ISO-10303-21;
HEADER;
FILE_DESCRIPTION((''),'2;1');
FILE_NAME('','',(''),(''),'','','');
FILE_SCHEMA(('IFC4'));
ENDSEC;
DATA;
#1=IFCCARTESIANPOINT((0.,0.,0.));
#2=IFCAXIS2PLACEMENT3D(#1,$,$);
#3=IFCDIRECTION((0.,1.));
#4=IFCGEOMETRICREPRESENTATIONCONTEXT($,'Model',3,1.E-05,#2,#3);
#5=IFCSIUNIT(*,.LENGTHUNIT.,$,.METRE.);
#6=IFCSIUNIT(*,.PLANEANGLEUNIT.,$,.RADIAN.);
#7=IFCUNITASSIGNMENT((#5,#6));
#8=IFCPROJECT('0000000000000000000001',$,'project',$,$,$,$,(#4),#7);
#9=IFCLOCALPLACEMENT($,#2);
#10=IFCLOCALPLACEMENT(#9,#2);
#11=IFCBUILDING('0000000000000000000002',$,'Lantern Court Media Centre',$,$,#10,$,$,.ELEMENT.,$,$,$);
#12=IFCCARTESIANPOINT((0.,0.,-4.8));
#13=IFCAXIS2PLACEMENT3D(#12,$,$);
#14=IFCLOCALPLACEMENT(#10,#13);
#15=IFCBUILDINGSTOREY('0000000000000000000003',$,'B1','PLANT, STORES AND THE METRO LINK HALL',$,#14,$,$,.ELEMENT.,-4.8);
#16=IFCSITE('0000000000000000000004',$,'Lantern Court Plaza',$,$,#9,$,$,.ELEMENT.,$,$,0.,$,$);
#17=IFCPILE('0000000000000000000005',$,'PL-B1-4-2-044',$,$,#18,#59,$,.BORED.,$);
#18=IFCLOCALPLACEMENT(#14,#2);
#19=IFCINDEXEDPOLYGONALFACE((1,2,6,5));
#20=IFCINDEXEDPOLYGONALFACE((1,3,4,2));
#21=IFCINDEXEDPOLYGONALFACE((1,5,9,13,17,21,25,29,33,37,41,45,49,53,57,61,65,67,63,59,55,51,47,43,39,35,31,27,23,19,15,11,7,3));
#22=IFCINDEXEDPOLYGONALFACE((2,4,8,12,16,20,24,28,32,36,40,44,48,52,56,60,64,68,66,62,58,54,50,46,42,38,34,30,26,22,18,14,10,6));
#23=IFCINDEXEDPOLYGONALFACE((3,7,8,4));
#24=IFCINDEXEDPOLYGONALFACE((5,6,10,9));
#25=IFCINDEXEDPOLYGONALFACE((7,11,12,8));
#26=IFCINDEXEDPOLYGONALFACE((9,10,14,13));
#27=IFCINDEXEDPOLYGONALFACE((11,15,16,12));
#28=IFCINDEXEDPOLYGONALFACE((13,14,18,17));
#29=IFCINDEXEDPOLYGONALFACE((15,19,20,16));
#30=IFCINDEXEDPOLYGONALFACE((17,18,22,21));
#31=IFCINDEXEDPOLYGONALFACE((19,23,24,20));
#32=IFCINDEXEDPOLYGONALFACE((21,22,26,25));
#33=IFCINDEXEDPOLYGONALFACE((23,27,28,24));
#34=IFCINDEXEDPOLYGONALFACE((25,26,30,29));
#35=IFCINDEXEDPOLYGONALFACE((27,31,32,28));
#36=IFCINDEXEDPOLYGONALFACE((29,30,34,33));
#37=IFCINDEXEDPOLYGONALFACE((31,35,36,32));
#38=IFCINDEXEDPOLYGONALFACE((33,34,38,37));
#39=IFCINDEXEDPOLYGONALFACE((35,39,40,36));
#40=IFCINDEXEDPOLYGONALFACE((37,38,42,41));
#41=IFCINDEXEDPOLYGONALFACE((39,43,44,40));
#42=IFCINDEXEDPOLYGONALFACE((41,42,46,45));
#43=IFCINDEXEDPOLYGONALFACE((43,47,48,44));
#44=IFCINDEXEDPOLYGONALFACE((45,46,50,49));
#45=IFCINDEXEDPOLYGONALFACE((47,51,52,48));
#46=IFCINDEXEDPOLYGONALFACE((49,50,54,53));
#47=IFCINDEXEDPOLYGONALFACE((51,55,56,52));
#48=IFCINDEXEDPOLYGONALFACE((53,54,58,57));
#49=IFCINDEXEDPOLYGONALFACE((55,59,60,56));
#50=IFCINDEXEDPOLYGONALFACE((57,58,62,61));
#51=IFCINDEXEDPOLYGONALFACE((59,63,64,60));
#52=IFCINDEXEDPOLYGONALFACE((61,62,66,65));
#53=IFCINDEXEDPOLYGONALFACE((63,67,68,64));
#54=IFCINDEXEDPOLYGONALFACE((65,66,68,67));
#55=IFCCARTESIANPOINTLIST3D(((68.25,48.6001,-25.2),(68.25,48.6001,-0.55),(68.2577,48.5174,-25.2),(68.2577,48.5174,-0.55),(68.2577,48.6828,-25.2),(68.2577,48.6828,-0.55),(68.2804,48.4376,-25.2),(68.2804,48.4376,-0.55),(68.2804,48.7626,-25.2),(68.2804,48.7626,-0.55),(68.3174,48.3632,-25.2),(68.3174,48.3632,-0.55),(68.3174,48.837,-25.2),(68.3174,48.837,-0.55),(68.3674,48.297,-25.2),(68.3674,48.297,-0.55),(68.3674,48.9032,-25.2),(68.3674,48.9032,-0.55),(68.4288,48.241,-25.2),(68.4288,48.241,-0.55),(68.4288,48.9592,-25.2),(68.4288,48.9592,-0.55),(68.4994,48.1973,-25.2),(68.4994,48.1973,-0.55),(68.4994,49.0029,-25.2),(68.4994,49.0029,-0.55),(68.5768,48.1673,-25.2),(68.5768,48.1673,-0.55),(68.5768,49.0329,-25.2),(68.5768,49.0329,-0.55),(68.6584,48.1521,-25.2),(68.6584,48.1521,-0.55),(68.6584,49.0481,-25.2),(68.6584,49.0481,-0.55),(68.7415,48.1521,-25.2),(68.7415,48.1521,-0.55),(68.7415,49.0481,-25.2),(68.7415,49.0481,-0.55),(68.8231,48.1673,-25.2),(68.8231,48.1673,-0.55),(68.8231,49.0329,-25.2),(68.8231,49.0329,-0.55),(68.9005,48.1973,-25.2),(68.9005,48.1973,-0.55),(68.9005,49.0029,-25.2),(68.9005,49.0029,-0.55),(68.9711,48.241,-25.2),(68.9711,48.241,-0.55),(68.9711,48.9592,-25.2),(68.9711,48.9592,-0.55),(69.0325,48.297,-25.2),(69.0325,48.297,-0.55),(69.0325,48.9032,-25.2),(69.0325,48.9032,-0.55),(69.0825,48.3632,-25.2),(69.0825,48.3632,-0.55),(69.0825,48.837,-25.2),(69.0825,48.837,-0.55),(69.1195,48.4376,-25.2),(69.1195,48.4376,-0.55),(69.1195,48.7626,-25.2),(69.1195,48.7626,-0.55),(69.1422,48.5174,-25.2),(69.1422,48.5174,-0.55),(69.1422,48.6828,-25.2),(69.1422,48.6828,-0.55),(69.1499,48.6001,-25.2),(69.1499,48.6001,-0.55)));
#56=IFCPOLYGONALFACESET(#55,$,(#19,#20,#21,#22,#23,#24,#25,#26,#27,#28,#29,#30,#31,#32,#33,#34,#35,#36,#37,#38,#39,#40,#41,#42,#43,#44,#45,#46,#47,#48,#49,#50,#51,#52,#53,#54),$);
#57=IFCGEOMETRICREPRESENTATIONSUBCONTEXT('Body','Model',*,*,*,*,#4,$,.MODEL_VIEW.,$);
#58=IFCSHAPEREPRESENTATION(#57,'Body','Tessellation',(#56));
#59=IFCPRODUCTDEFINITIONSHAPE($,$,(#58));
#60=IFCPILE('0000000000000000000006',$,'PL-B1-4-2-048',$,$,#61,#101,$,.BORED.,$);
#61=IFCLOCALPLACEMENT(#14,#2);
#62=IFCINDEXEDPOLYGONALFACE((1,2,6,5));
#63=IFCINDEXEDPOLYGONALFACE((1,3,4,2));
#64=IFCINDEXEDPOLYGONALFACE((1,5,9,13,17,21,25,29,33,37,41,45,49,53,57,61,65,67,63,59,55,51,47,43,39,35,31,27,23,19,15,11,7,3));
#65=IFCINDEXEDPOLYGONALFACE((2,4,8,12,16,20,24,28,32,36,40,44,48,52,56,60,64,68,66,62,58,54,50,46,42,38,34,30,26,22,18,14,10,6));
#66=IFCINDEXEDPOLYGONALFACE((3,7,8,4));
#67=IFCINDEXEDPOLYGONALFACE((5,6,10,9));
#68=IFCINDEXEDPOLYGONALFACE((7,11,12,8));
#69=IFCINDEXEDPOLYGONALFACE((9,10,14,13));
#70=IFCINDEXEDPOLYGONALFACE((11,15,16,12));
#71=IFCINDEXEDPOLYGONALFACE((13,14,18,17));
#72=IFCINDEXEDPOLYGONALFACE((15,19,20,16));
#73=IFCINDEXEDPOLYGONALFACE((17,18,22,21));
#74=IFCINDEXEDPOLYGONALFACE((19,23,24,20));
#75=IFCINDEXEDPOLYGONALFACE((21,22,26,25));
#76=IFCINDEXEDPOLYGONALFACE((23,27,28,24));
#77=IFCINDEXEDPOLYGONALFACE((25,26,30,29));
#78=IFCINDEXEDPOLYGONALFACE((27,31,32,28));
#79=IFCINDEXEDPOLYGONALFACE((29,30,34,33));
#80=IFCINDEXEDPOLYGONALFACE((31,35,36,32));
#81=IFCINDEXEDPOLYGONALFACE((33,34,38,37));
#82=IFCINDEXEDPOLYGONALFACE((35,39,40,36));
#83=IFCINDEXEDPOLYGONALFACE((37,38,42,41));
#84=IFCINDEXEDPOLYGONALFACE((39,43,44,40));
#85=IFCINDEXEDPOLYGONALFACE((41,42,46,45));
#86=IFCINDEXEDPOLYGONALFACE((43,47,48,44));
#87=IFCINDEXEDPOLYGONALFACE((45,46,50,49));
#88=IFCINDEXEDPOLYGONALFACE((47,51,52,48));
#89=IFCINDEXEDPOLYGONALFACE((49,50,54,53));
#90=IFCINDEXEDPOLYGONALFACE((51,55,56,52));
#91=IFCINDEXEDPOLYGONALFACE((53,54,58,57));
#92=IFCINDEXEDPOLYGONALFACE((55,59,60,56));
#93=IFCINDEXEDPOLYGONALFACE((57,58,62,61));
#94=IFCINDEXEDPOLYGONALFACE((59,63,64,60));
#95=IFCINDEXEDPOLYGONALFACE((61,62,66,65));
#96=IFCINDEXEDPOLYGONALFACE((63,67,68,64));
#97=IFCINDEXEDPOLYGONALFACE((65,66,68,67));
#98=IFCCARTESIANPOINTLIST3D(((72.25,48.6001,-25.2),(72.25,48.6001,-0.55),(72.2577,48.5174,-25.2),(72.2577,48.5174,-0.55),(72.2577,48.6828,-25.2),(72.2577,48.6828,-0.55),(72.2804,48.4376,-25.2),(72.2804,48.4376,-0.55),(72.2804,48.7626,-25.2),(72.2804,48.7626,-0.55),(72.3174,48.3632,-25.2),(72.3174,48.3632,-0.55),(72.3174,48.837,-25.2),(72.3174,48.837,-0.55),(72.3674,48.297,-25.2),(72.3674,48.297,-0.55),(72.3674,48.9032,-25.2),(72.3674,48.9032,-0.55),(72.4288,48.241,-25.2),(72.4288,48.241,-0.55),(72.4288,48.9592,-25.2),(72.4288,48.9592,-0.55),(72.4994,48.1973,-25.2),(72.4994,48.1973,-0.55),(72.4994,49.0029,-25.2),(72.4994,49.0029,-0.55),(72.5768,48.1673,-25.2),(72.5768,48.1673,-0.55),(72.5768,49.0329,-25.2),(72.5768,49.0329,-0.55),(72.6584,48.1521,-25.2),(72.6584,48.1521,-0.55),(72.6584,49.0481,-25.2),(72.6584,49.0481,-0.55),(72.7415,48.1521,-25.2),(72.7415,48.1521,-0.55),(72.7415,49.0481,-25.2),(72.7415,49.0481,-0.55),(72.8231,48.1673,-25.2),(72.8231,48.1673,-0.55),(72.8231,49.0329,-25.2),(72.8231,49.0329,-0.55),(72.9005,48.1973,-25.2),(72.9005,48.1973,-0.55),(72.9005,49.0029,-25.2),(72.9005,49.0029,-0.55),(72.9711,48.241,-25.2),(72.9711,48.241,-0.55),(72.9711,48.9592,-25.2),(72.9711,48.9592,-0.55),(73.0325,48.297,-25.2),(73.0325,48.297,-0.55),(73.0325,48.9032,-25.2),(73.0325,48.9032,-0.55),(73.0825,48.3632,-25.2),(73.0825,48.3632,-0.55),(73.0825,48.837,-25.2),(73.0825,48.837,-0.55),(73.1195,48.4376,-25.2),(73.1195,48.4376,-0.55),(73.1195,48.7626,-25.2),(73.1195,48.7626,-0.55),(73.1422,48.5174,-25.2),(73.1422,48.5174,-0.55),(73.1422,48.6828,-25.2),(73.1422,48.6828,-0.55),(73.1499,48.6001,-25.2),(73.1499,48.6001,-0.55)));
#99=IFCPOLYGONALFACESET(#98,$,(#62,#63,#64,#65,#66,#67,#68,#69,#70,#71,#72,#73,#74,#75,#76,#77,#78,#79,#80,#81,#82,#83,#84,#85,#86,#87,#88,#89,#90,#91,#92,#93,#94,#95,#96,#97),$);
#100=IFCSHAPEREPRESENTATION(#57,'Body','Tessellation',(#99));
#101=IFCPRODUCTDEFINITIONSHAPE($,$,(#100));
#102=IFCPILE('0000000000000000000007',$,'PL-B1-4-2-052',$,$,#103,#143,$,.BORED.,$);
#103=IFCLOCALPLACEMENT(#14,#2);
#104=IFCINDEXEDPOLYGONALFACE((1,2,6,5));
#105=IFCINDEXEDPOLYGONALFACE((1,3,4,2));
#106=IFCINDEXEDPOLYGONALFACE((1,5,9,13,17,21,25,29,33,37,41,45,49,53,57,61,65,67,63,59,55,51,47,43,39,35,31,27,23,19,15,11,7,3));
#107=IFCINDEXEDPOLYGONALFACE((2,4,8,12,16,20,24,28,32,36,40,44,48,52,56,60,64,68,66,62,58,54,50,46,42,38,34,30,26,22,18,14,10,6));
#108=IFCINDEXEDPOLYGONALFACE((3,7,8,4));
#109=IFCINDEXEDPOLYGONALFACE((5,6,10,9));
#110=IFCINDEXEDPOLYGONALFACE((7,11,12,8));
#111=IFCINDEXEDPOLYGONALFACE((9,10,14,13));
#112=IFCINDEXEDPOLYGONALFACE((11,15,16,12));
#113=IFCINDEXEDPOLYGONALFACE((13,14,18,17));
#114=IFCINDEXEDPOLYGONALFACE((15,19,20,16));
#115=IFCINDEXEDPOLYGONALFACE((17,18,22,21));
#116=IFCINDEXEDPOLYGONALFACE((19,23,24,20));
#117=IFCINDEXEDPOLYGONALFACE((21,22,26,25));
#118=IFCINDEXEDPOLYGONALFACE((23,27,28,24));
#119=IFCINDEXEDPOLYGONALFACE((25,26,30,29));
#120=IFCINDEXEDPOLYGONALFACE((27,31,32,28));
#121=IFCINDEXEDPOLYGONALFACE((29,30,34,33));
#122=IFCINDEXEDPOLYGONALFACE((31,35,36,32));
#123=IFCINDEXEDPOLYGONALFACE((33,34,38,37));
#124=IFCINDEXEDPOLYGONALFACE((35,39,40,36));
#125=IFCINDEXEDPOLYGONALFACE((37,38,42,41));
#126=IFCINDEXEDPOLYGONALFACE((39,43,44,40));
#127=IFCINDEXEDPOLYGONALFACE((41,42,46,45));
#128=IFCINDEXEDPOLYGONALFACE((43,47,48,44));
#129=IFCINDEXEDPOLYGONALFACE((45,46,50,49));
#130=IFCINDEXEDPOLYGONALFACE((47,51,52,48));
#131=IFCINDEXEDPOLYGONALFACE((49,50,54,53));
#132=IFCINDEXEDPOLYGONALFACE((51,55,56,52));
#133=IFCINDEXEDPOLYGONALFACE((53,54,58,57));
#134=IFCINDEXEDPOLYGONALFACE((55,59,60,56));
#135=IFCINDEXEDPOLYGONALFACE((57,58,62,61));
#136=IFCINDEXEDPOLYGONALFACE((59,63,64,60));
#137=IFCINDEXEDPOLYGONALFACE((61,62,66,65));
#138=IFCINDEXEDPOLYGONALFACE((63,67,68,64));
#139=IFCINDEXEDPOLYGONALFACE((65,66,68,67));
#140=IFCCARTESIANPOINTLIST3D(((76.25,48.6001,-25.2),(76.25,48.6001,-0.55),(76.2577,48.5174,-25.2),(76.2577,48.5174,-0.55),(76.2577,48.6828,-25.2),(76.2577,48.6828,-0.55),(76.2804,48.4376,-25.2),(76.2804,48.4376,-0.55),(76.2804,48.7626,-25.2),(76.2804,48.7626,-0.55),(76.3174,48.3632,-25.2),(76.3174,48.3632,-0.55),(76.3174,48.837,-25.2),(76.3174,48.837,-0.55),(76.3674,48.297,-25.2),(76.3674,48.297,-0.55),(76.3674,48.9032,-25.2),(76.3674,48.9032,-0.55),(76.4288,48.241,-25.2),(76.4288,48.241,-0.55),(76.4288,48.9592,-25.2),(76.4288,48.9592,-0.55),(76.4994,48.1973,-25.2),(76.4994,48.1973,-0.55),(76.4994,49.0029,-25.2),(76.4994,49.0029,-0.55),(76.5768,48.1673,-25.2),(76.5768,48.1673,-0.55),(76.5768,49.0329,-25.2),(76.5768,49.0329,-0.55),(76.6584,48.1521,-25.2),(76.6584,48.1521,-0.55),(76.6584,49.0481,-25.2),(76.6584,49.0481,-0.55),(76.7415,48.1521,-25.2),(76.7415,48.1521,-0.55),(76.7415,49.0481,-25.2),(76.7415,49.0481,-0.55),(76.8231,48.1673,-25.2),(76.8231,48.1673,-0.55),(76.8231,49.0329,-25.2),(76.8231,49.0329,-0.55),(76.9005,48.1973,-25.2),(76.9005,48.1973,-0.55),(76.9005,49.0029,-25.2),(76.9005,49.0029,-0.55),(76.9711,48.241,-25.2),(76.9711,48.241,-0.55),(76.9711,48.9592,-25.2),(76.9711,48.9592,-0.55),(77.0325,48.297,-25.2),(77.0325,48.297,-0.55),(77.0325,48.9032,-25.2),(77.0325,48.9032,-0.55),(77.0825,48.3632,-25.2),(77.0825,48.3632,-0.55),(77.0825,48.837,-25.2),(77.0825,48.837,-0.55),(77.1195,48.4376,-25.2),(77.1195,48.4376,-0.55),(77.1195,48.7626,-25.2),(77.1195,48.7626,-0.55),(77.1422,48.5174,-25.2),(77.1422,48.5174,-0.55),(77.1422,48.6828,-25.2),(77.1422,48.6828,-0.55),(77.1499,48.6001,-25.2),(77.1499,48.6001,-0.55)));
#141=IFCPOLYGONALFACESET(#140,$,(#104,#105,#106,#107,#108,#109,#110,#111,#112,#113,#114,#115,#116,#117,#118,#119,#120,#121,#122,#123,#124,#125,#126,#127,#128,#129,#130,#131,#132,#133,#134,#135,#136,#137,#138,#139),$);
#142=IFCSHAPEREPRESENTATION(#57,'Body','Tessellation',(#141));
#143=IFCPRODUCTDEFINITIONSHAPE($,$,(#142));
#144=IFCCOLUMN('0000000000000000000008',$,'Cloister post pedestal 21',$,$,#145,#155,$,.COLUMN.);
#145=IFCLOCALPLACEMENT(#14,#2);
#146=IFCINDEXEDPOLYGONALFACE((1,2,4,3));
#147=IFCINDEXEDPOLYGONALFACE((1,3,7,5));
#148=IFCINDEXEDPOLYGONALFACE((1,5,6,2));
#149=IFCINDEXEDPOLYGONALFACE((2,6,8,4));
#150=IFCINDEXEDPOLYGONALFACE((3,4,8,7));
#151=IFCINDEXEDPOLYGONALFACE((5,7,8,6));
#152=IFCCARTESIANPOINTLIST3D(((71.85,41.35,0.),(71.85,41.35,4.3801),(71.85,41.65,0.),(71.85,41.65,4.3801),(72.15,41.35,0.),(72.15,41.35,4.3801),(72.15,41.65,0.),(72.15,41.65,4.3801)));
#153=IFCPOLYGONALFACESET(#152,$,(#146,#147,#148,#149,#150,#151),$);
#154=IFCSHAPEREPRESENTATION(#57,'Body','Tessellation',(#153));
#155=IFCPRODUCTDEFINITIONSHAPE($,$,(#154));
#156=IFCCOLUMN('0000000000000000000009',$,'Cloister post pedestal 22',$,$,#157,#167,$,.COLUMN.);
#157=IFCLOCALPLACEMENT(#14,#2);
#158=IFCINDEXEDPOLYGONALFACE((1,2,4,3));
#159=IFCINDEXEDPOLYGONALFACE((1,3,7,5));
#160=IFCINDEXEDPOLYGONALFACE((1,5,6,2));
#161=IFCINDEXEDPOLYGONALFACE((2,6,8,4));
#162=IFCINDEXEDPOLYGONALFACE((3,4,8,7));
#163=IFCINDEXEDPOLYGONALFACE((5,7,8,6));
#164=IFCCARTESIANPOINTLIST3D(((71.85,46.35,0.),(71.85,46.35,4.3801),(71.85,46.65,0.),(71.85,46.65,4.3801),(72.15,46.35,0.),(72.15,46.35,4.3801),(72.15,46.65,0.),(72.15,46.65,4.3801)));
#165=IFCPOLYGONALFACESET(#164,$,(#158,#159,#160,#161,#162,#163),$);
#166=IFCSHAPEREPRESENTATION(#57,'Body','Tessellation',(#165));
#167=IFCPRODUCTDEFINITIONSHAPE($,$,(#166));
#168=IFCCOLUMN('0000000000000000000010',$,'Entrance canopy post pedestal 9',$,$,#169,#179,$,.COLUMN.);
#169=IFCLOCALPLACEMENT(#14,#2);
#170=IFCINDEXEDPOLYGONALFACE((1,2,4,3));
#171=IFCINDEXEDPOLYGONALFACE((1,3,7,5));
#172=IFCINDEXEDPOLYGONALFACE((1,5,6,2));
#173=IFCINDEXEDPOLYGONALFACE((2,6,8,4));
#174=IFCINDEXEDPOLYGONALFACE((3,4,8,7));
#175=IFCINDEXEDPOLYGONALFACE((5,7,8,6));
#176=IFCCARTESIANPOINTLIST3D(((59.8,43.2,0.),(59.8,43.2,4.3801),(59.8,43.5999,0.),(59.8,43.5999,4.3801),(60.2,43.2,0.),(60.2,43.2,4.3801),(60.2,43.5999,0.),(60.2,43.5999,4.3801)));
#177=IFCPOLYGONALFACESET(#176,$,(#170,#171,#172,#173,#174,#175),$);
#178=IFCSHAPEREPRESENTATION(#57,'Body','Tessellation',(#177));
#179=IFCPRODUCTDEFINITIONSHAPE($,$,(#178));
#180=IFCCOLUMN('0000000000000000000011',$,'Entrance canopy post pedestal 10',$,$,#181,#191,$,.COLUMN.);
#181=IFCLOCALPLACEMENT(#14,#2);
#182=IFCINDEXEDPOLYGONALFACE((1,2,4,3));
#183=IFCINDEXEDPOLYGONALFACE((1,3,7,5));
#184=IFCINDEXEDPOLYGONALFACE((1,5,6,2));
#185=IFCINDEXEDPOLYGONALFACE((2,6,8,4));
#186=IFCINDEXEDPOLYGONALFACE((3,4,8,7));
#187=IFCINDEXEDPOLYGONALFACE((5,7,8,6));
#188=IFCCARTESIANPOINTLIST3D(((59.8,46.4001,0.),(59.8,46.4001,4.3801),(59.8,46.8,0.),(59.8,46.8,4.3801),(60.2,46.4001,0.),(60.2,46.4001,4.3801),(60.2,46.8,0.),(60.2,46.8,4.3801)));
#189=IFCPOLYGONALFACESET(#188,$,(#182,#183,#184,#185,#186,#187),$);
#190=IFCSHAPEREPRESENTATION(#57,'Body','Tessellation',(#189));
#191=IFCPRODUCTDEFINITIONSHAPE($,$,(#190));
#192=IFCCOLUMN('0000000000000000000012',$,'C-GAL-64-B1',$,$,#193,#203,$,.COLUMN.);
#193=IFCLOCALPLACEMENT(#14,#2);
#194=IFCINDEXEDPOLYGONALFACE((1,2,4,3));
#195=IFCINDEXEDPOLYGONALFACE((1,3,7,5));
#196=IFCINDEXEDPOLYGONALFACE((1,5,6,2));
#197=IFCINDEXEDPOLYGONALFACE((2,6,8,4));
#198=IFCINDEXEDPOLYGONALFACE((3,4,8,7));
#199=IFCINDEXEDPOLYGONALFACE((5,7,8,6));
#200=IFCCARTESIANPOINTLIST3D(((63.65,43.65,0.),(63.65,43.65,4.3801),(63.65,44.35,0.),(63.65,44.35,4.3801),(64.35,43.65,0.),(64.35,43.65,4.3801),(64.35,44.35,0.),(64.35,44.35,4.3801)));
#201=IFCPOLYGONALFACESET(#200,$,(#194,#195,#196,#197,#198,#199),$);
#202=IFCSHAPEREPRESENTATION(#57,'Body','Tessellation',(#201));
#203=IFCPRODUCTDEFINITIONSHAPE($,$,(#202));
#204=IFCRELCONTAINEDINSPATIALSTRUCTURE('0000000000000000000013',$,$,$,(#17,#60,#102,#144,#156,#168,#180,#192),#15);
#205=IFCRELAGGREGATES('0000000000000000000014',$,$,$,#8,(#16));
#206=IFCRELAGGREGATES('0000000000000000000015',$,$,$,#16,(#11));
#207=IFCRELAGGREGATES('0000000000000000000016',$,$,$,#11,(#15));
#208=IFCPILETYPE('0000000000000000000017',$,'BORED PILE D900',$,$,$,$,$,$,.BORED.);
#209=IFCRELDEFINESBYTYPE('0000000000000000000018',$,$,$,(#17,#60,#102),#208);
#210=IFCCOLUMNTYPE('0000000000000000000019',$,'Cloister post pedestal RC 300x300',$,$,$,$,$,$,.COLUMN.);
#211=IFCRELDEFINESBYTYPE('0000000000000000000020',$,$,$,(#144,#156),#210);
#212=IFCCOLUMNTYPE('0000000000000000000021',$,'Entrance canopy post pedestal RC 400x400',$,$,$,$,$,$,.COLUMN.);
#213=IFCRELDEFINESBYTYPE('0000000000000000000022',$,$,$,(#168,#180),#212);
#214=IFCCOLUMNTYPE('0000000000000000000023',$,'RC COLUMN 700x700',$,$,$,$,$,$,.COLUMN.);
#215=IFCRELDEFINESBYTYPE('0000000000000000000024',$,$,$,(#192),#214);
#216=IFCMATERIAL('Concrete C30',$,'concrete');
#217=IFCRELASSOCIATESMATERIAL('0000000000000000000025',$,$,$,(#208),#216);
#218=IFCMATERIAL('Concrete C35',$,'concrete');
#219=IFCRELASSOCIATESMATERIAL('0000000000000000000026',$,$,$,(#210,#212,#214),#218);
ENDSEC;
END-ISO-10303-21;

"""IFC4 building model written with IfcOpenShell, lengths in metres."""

from ifc_helpers import new_model, si_unit, direction, frame, origin, origin_2d, place, context, subcontext, project, spatial, rectangle, circle, extrude, material, material_profile, profile_set, type_object, element, save


model = new_model("IFC4")

# Units and contexts
model_context = context("Model", 3, precision=1e-05, world=origin(), true_north=direction((0.0, 1.0)))
body_context = subcontext(model_context, "Body", "Model", "MODEL_VIEW")
ifc_project = project(units=[si_unit("LENGTHUNIT", "METRE"), si_unit("PLANEANGLEUNIT", "RADIAN")], contexts=[model_context])

# Site, building, storey
site_placement = place(None, origin())
site = spatial("IfcSite", under=ifc_project, at=site_placement, Name="Lantern Court Plaza", CompositionType="ELEMENT", RefElevation=0.0)
building_placement = place(site_placement, origin())
building = spatial("IfcBuilding", under=site, at=building_placement, Name="Lantern Court Media Centre", CompositionType="ELEMENT")
storey_placement = place(building_placement, frame((0.0, 0.0, -4.8)))
storey = spatial("IfcBuildingStorey", under=building, at=storey_placement, Name="B1", Description="PLANT, STORES AND THE METRO LINK HALL", CompositionType="ELEMENT", Elevation=-4.8)

# Piles
ifc_material_1 = material(Name="Concrete C30", Category="concrete")
ifc_material_profile_1 = material_profile(ifc_material_1, circle(Radius=0.45, at=origin_2d()), Name="D900")
ifc_profile_set_1 = profile_set([ifc_material_profile_1], Name="Concrete C30")
pile_type = type_object("IfcPileType", Name="BORED PILE D900", PredefinedType="BORED", material=ifc_profile_set_1)
for number, where, z_axis, x_axis, name in (
    (1, (68.7, 48.6001, -0.55), (0.0, 0.0, -1.0), (1.0, 0.0, 0.0), "PL-B1-4-2-044"),
    (2, (72.7, 48.6001, -0.55), (0.0, 0.0, -1.0), (1.0, 0.0, 0.0), "PL-B1-4-2-048"),
    (3, (76.7, 48.6001, -0.55), (0.0, 0.0, -1.0), (1.0, 0.0, 0.0), "PL-B1-4-2-052"),
):
    element("IfcPile", number, at=place(storey_placement, frame(where, z_axis=z_axis, x_axis=x_axis)), inside=storey, type_object=pile_type, Name=name, PredefinedType="BORED", context=body_context, shape_type="SweptSolid", body=[
        extrude(circle(Radius=0.45, at=origin_2d()), origin(), (0.0, 0.0, 1.0), 24.6499),
    ])

# Columns
ifc_material_2 = material(Name="Concrete C35", Category="concrete")
ifc_material_profile_2 = material_profile(ifc_material_2, rectangle(XDim=0.3, YDim=0.3, at=origin_2d()), Name="RC 300x300")
ifc_profile_set_2 = profile_set([ifc_material_profile_2], Name="Concrete C35")
column_type_1 = type_object("IfcColumnType", Name="Cloister post pedestal RC 300x300", PredefinedType="COLUMN", material=ifc_profile_set_2)
for number, where, z_axis, x_axis, name in (
    (4, (72.0, 41.5, 0.0), (0.0, 0.0, 1.0), (1.0, 0.0, 0.0), "Cloister post pedestal 21"),
    (5, (72.0, 46.5, 0.0), (0.0, 0.0, 1.0), (1.0, 0.0, 0.0), "Cloister post pedestal 22"),
):
    element("IfcColumn", number, at=place(storey_placement, frame(where, z_axis=z_axis, x_axis=x_axis)), inside=storey, type_object=column_type_1, Name=name, PredefinedType="COLUMN", context=body_context, shape_type="SweptSolid", body=[
        extrude(rectangle(XDim=0.3, YDim=0.3, at=origin_2d()), origin(), (0.0, 0.0, 1.0), 4.3801),
    ])
ifc_material_profile_3 = material_profile(ifc_material_2, rectangle(XDim=0.3999, YDim=0.3999, at=origin_2d()), Name="RC 400x400")
ifc_profile_set_3 = profile_set([ifc_material_profile_3], Name="Concrete C35")
column_type_2 = type_object("IfcColumnType", Name="Entrance canopy post pedestal RC 400x400", PredefinedType="COLUMN", material=ifc_profile_set_3)
for number, where, z_axis, x_axis, name in (
    (6, (60.0, 43.3999, 0.0), (0.0, 0.0, 1.0), (1.0, 0.0, 0.0), "Entrance canopy post pedestal 9"),
    (7, (60.0, 46.6001, 0.0), (0.0, 0.0, 1.0), (1.0, 0.0, 0.0), "Entrance canopy post pedestal 10"),
):
    element("IfcColumn", number, at=place(storey_placement, frame(where, z_axis=z_axis, x_axis=x_axis)), inside=storey, type_object=column_type_2, Name=name, PredefinedType="COLUMN", context=body_context, shape_type="SweptSolid", body=[
        extrude(rectangle(XDim=0.3999, YDim=0.3999, at=origin_2d()), origin(), (0.0, 0.0, 1.0), 4.3801),
    ])
ifc_material_profile_4 = material_profile(ifc_material_2, rectangle(XDim=0.7, YDim=0.7, at=origin_2d()), Name="RC 700x700")
ifc_profile_set_4 = profile_set([ifc_material_profile_4], Name="Concrete C35")
column_type_3 = type_object("IfcColumnType", Name="RC COLUMN 700x700", PredefinedType="COLUMN", material=ifc_profile_set_4)
for number, where, z_axis, x_axis, name in (
    (8, (64.0, 44.0, 0.0), (0.0, 0.0, 1.0), (1.0, 0.0, 0.0), "C-GAL-64-B1"),
):
    element("IfcColumn", number, at=place(storey_placement, frame(where, z_axis=z_axis, x_axis=x_axis)), inside=storey, type_object=column_type_3, Name=name, PredefinedType="COLUMN", context=body_context, shape_type="SweptSolid", body=[
        extrude(rectangle(XDim=0.7, YDim=0.7, at=origin_2d()), origin(), (0.0, 0.0, 1.0), 4.3801),
    ])

save(model, "model.ifc")
